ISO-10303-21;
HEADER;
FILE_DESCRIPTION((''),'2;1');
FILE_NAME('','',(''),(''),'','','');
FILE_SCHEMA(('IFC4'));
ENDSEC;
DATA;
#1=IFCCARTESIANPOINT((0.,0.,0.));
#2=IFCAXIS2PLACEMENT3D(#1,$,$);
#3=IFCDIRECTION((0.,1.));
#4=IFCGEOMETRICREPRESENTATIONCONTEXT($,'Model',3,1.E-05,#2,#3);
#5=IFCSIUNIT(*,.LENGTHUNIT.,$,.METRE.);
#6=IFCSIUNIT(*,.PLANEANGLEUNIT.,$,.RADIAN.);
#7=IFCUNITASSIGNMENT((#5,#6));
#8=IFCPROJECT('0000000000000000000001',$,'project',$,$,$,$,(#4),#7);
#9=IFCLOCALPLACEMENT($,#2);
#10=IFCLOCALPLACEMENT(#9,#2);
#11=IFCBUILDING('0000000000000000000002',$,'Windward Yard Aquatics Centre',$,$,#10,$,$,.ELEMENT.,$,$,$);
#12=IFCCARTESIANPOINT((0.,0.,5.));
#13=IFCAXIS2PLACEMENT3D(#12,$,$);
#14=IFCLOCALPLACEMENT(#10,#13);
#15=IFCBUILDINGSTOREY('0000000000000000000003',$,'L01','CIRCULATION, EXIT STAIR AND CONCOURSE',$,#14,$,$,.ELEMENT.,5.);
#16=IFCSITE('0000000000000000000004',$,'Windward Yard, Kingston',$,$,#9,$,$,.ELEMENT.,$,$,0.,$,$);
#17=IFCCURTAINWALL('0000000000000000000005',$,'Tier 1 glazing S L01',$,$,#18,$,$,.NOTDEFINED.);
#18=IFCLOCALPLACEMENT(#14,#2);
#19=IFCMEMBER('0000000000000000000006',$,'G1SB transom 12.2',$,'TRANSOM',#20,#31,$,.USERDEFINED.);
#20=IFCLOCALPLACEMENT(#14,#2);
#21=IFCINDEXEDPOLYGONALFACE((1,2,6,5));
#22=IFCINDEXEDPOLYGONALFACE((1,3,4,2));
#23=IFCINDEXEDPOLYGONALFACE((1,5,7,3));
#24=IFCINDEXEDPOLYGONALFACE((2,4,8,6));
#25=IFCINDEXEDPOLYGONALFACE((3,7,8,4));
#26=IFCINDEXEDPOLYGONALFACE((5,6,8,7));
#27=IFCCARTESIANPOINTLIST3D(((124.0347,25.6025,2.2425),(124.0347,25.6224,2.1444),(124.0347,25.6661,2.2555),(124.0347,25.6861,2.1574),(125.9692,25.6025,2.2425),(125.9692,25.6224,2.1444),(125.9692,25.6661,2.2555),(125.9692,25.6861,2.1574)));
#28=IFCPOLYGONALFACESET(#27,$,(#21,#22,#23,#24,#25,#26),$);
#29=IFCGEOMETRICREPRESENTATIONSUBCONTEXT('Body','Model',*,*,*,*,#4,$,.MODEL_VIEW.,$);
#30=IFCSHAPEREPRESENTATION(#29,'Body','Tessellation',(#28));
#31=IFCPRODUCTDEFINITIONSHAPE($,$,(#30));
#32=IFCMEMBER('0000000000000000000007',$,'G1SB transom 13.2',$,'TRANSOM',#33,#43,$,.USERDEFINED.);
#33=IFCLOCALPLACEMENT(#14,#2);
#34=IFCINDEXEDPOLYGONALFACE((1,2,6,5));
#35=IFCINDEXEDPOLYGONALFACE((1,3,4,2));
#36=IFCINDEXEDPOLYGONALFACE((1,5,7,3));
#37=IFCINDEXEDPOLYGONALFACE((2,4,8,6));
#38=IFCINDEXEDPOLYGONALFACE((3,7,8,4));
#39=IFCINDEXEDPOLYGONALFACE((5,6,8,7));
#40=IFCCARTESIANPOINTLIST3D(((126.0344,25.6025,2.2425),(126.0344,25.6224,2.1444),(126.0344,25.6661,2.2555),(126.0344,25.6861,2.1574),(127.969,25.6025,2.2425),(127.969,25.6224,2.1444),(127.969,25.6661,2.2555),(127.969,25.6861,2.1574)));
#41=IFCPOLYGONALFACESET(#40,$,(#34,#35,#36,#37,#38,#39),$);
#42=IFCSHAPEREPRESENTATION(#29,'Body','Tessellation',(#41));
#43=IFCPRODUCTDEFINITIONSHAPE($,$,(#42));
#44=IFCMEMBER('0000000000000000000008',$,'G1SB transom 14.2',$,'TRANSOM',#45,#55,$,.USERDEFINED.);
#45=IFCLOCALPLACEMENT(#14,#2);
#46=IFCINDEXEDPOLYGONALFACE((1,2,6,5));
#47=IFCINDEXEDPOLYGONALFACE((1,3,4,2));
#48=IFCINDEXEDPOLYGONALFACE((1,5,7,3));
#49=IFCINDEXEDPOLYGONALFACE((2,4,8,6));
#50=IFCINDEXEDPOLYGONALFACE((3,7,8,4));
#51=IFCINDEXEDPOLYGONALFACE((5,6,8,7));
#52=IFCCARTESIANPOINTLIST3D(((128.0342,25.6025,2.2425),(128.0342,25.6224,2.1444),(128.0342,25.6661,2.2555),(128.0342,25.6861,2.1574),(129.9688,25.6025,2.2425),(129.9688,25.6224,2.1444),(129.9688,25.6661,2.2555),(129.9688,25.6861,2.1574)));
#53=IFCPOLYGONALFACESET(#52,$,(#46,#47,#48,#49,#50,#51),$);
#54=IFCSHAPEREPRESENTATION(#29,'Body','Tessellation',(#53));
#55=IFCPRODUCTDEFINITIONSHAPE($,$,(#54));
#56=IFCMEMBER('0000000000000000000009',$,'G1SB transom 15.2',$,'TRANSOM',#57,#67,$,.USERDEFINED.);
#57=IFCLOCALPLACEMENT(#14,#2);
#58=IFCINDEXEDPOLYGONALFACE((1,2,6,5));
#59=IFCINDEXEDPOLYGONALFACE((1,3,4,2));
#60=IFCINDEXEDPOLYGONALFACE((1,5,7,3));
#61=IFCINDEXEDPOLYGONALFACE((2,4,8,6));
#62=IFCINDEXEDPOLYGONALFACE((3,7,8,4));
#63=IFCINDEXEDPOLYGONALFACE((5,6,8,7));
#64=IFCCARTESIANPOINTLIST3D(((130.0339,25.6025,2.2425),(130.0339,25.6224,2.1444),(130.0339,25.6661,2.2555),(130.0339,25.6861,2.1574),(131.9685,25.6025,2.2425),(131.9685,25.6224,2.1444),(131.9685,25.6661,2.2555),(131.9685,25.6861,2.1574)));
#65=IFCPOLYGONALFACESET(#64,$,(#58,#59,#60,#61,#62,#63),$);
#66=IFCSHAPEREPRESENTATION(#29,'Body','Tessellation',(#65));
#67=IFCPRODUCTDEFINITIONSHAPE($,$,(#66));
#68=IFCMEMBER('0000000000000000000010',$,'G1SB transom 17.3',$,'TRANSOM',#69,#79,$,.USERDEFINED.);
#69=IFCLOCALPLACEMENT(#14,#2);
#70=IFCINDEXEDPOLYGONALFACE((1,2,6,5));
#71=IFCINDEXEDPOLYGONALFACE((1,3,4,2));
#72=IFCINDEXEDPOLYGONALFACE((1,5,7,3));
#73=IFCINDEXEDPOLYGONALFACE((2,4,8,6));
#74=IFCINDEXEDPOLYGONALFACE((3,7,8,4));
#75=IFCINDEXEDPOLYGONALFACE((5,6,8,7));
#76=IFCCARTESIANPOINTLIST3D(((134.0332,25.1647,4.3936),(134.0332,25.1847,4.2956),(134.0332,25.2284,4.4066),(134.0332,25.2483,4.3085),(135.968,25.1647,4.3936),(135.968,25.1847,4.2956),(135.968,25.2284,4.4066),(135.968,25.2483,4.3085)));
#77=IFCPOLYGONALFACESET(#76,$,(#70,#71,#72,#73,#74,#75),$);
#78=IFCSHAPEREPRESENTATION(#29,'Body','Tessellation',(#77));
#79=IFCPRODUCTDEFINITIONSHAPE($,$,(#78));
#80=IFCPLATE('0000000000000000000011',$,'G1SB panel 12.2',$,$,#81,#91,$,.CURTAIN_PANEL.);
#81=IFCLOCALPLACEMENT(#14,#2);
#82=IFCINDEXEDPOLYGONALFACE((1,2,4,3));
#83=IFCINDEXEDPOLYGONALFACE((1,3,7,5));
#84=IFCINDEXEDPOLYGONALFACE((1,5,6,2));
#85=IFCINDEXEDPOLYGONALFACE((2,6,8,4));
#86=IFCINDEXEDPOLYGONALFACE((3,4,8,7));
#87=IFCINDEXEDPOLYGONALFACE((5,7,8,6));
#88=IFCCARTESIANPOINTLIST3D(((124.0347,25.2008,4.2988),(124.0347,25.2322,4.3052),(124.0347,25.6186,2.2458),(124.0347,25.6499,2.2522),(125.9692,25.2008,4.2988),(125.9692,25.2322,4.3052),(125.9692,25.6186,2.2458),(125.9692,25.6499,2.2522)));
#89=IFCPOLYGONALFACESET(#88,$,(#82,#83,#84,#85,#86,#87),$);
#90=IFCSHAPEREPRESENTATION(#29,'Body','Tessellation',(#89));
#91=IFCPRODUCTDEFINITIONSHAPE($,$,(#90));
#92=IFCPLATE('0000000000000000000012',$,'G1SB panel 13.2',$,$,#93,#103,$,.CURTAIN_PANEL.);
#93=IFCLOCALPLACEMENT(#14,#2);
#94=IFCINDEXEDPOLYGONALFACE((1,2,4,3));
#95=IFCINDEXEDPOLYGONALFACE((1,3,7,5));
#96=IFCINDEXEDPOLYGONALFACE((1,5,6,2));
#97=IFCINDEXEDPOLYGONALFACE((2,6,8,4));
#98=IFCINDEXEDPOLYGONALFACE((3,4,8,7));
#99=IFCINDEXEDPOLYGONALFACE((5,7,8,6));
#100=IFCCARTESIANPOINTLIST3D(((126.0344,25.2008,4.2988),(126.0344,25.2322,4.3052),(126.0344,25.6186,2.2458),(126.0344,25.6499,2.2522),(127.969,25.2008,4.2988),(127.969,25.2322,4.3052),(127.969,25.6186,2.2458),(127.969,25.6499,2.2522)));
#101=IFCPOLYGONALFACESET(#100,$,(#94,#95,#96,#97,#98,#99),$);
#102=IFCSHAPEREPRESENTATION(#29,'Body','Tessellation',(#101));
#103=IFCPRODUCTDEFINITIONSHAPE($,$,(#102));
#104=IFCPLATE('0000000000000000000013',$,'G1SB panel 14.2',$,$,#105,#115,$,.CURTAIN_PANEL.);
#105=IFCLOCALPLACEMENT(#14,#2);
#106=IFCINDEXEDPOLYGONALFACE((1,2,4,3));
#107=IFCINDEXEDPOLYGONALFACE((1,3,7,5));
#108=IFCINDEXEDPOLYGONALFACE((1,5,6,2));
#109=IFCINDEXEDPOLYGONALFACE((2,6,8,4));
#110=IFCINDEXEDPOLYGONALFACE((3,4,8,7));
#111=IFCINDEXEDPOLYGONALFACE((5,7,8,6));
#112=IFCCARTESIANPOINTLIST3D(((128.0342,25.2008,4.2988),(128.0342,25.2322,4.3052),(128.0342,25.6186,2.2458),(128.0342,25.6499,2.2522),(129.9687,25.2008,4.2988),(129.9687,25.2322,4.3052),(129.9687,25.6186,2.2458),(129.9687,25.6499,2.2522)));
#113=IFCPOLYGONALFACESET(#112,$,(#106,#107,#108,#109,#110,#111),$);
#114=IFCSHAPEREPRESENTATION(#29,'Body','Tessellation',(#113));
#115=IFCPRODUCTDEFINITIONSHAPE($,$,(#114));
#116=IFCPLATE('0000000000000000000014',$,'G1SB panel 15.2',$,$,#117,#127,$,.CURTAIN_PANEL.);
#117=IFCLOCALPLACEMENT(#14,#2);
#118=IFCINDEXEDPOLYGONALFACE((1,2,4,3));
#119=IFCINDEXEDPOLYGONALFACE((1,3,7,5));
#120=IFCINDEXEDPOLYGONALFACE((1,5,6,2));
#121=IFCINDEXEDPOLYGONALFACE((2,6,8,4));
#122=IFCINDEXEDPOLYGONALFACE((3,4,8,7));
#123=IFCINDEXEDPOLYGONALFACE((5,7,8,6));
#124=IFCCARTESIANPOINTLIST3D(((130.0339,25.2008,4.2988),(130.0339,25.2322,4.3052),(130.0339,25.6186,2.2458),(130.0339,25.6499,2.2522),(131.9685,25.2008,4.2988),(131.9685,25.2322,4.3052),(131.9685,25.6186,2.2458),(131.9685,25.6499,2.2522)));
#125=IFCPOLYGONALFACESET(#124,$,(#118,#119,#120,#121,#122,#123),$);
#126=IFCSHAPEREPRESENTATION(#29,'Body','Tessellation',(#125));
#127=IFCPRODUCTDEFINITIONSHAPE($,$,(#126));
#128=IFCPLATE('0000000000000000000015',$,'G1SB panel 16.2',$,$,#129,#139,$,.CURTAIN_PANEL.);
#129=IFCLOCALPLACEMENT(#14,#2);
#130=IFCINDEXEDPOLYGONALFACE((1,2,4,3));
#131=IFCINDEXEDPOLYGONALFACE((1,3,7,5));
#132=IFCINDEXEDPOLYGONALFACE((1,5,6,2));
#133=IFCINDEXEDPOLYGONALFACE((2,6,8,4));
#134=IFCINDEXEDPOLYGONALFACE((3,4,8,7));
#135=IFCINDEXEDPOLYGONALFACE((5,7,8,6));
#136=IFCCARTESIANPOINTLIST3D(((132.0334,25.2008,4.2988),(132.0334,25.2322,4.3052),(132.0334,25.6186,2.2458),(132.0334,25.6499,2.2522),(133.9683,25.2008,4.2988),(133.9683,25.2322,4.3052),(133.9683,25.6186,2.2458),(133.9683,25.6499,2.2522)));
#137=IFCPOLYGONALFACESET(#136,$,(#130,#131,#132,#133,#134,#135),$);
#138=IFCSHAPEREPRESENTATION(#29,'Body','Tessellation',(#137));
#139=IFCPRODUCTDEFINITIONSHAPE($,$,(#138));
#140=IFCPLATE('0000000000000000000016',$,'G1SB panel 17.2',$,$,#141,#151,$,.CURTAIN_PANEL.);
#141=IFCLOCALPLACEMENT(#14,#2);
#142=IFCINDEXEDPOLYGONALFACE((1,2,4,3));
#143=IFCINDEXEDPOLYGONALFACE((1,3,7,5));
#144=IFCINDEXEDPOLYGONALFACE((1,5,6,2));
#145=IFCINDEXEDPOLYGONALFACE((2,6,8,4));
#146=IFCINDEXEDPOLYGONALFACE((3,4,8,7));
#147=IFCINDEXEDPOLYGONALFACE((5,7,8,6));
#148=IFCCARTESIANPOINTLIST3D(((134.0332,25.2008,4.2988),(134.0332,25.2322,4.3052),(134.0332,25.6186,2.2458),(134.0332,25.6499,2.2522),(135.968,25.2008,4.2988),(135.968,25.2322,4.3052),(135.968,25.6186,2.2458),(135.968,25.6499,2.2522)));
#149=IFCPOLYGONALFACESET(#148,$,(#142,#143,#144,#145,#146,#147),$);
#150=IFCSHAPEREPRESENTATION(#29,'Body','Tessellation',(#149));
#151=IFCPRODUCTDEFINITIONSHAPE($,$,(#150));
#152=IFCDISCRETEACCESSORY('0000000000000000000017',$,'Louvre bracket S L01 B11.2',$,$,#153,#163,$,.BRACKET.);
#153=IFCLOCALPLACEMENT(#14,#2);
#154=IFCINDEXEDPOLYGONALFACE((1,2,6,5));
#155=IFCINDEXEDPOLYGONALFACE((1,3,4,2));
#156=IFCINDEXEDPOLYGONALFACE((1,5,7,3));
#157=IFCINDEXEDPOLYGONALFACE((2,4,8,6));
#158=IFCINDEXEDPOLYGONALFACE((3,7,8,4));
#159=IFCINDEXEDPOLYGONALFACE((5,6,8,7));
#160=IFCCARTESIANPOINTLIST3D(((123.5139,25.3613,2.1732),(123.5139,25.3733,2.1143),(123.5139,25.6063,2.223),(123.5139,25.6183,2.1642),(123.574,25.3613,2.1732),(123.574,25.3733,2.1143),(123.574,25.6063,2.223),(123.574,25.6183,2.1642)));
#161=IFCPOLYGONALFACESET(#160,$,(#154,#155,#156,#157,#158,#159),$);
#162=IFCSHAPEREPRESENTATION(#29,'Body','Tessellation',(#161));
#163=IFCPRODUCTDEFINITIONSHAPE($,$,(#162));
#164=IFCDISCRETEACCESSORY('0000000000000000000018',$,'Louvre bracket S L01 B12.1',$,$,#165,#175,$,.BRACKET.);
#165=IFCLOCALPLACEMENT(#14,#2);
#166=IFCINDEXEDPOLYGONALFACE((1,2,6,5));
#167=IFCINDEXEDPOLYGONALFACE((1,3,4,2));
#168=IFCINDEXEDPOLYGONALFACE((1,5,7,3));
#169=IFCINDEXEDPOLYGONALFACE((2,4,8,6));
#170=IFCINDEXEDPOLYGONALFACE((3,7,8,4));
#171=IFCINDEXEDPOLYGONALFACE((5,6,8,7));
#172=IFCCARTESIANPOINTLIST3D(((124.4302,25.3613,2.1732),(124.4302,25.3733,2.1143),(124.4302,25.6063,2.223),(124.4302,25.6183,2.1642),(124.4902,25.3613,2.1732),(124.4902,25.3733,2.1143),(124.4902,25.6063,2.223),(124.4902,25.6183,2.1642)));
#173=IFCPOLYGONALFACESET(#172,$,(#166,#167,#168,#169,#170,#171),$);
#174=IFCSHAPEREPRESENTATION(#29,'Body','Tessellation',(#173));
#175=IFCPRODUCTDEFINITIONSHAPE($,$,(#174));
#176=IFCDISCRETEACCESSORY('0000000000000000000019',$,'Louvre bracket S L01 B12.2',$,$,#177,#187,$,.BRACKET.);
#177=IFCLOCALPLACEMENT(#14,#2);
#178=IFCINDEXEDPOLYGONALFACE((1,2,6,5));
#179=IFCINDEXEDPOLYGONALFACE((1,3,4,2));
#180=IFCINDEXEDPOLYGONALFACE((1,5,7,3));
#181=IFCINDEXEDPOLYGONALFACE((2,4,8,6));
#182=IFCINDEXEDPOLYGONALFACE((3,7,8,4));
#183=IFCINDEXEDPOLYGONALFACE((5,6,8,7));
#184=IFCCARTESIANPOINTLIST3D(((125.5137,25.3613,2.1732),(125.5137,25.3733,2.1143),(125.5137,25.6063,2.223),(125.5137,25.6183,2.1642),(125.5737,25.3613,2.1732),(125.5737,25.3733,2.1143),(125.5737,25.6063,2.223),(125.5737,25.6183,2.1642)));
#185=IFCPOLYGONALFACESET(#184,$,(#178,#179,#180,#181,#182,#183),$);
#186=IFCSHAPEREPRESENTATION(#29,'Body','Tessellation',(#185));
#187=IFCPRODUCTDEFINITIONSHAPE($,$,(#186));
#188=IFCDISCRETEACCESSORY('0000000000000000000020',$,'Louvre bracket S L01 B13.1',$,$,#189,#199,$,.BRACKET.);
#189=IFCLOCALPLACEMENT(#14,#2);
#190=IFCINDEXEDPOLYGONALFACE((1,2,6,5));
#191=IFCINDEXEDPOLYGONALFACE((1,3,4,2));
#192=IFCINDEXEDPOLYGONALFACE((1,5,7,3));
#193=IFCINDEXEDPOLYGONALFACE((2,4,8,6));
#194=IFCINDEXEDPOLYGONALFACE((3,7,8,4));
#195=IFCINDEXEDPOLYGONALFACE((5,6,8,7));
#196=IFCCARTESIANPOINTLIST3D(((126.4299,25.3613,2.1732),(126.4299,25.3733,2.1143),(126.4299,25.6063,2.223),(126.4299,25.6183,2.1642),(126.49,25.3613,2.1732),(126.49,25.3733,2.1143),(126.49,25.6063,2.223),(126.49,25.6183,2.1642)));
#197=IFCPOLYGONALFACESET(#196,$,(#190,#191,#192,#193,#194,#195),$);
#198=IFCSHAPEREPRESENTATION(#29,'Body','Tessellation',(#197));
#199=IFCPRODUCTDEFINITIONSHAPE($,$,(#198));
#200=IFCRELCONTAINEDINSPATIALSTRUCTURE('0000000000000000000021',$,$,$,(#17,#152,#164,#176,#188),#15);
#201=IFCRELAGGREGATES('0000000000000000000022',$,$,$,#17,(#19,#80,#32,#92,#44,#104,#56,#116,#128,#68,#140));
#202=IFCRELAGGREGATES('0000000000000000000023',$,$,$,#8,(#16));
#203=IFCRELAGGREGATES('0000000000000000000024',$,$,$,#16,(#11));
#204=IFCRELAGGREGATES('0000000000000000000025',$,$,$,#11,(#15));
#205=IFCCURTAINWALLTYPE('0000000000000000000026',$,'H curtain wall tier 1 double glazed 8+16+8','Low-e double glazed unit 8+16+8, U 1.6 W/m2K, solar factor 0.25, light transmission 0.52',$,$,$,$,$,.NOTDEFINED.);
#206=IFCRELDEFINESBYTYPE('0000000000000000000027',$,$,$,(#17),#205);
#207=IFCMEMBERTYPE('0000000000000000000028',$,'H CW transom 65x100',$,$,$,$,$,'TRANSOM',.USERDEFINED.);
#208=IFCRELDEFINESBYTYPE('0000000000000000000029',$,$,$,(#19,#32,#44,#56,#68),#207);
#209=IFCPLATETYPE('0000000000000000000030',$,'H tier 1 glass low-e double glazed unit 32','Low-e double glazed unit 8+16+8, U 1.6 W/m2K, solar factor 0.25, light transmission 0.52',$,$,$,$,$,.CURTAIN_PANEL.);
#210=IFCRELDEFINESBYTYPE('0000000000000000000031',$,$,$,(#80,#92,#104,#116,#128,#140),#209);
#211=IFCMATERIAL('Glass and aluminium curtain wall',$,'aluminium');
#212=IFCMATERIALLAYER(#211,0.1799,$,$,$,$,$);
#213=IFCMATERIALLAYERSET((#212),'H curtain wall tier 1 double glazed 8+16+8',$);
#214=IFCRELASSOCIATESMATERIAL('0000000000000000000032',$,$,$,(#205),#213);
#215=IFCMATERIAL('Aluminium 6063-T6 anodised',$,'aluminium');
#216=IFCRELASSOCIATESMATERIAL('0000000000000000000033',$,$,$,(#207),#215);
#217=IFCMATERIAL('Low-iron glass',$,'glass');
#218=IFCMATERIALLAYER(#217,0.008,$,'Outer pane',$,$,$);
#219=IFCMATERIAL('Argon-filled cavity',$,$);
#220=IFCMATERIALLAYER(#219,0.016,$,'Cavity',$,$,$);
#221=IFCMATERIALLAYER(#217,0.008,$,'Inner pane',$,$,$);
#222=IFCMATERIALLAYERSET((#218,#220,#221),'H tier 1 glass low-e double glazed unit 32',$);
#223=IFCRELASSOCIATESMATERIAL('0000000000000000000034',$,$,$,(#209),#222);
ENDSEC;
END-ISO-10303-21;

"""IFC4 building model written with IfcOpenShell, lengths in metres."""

from ifc_helpers import new_model, si_unit, direction, frame, origin, origin_2d, place, context, subcontext, project, spatial, polyline, rectangle, outline, extrude, material, layer, layer_set, material_profile, profile_set, type_object, element, aggregate, save


model = new_model("IFC4")

# Units and contexts
model_context = context("Model", 3, precision=1e-05, world=origin(), true_north=direction((0.0, 1.0)))
body_context = subcontext(model_context, "Body", "Model", "MODEL_VIEW")
ifc_project = project(units=[si_unit("LENGTHUNIT", "METRE"), si_unit("PLANEANGLEUNIT", "RADIAN")], contexts=[model_context])

# Site, building, storey
site_placement = place(None, origin())
site = spatial("IfcSite", under=ifc_project, at=site_placement, Name="Windward Yard, Kingston", CompositionType="ELEMENT", RefElevation=0.0)
building_placement = place(site_placement, origin())
building = spatial("IfcBuilding", under=site, at=building_placement, Name="Windward Yard Aquatics Centre", CompositionType="ELEMENT")
storey_placement = place(building_placement, frame((0.0, 0.0, 5.0)))
storey = spatial("IfcBuildingStorey", under=building, at=storey_placement, Name="L01", Description="CIRCULATION, EXIT STAIR AND CONCOURSE", CompositionType="ELEMENT", Elevation=5.0)

# Curtain wall, members, plates
ifc_material_1 = material(Name="Glass and aluminium curtain wall", Category="aluminium")
ifc_layer_1 = layer(ifc_material_1, 0.1799)
ifc_layer_set_1 = layer_set([ifc_layer_1], Name="H curtain wall tier 1 double glazed 8+16+8")
curtain_wall_type = type_object("IfcCurtainWallType", Name="H curtain wall tier 1 double glazed 8+16+8", Description="Low-e double glazed unit 8+16+8, U 1.6 W/m2K, solar factor 0.25, light transmission 0.52", PredefinedType="NOTDEFINED", material=ifc_layer_set_1)
curtain_wall_placement = place(storey_placement, origin())
curtain_wall = element("IfcCurtainWall", 1, at=curtain_wall_placement, inside=storey, type_object=curtain_wall_type, Name="Tier 1 glazing S L01", PredefinedType="NOTDEFINED")
ifc_material_2 = material(Name="Aluminium 6063-T6 anodised", Category="aluminium")
ifc_material_profile = material_profile(ifc_material_2, rectangle(XDim=0.0649, YDim=0.1001, at=origin_2d()), Name="H CW transom 65x100")
ifc_profile_set = profile_set([ifc_material_profile], Name="Aluminium 6063-T6 anodised")
member_type = type_object("IfcMemberType", Name="H CW transom 65x100", ElementType="TRANSOM", PredefinedType="USERDEFINED", material=ifc_profile_set)
member_1_placement = place(storey_placement, frame((124.0347, 25.6443, 2.2), z_axis=(1.0, 0.0, 0.0), x_axis=(0.0, 0.979925, 0.199368)))
member_1 = element("IfcMember", 2, at=member_1_placement, type_object=member_type, Name="G1SB transom 12.2", ObjectType="TRANSOM", PredefinedType="USERDEFINED", context=body_context, shape_type="SweptSolid", body=[
    extrude(rectangle(XDim=0.0649, YDim=0.1001, at=origin_2d()), origin(), (0.0, 0.0, 1.0), 1.9346),
])
member_2_placement = place(storey_placement, frame((126.0344, 25.6443, 2.2), z_axis=(1.0, 0.0, 0.0), x_axis=(0.0, 0.979925, 0.199368)))
member_2 = element("IfcMember", 3, at=member_2_placement, type_object=member_type, Name="G1SB transom 13.2", ObjectType="TRANSOM", PredefinedType="USERDEFINED", context=body_context, shape_type="SweptSolid", body=[
    extrude(rectangle(XDim=0.0649, YDim=0.1001, at=origin_2d()), origin(), (0.0, 0.0, 1.0), 1.9346),
])
member_3_placement = place(storey_placement, frame((128.0342, 25.6443, 2.2), z_axis=(1.0, 0.0, 0.0), x_axis=(0.0, 0.979925, 0.199368)))
member_3 = element("IfcMember", 4, at=member_3_placement, type_object=member_type, Name="G1SB transom 14.2", ObjectType="TRANSOM", PredefinedType="USERDEFINED", context=body_context, shape_type="SweptSolid", body=[
    extrude(rectangle(XDim=0.0649, YDim=0.1001, at=origin_2d()), origin(), (0.0, 0.0, 1.0), 1.9346),
])
member_4_placement = place(storey_placement, frame((130.0339, 25.6443, 2.2), z_axis=(1.0, 0.0, 0.0), x_axis=(0.0, 0.979925, 0.199368)))
member_4 = element("IfcMember", 5, at=member_4_placement, type_object=member_type, Name="G1SB transom 15.2", ObjectType="TRANSOM", PredefinedType="USERDEFINED", context=body_context, shape_type="SweptSolid", body=[
    extrude(rectangle(XDim=0.0649, YDim=0.1001, at=origin_2d()), origin(), (0.0, 0.0, 1.0), 1.9346),
])
member_5_placement = place(storey_placement, frame((134.0332, 25.2065, 4.3511), z_axis=(1.0, 0.0, 0.0), x_axis=(0.0, 0.979925, 0.199368)))
member_5 = element("IfcMember", 6, at=member_5_placement, type_object=member_type, Name="G1SB transom 17.3", ObjectType="TRANSOM", PredefinedType="USERDEFINED", context=body_context, shape_type="SweptSolid", body=[
    extrude(rectangle(XDim=0.0649, YDim=0.1001, at=origin_2d()), origin(), (0.0, 0.0, 1.0), 1.9348),
])
ifc_material_3 = material(Name="Low-iron glass", Category="glass")
ifc_layer_2 = layer(ifc_material_3, 0.008, Name="Outer pane")
ifc_material_4 = material(Name="Argon-filled cavity")
ifc_layer_3 = layer(ifc_material_4, 0.016, Name="Cavity")
ifc_layer_4 = layer(ifc_material_3, 0.008, Name="Inner pane")
ifc_layer_set_2 = layer_set([ifc_layer_2, ifc_layer_3, ifc_layer_4], Name="H tier 1 glass low-e double glazed unit 32")
plate_type = type_object("IfcPlateType", Name="H tier 1 glass low-e double glazed unit 32", Description="Low-e double glazed unit 8+16+8, U 1.6 W/m2K, solar factor 0.25, light transmission 0.52", PredefinedType="CURTAIN_PANEL", material=ifc_layer_set_2)
plate_1_placement = place(storey_placement, frame((124.0347, 25.2322, 4.3052), z_axis=(0.0, 0.979921, 0.199387), x_axis=(0.0, 0.199387, -0.979921)))
plate_1 = element("IfcPlate", 7, at=plate_1_placement, type_object=plate_type, Name="G1SB panel 12.2", PredefinedType="CURTAIN_PANEL", context=body_context, shape_type="SweptSolid", body=[
    extrude(outline(polyline([(0.0, 0.0), (2.095, 0.0), (2.095, -1.9346), (0.0, -1.9346), (0.0, 0.0)])), origin(), (0.0, 0.0, -1.0), 0.032),
])
plate_2_placement = place(storey_placement, frame((126.0344, 25.2322, 4.3052), z_axis=(0.0, 0.979921, 0.199387), x_axis=(0.0, 0.199387, -0.979921)))
plate_2 = element("IfcPlate", 8, at=plate_2_placement, type_object=plate_type, Name="G1SB panel 13.2", PredefinedType="CURTAIN_PANEL", context=body_context, shape_type="SweptSolid", body=[
    extrude(outline(polyline([(0.0, 0.0), (2.095, 0.0), (2.095, -1.9346), (0.0, -1.9346), (0.0, 0.0)])), origin(), (0.0, 0.0, -1.0), 0.032),
])
plate_3_placement = place(storey_placement, frame((128.0342, 25.2322, 4.3052), z_axis=(0.0, 0.979921, 0.199387), x_axis=(0.0, 0.199387, -0.979921)))
plate_3 = element("IfcPlate", 9, at=plate_3_placement, type_object=plate_type, Name="G1SB panel 14.2", PredefinedType="CURTAIN_PANEL", context=body_context, shape_type="SweptSolid", body=[
    extrude(outline(polyline([(0.0, 0.0), (2.095, 0.0), (2.095, -1.9346), (0.0, -1.9346), (0.0, 0.0)])), origin(), (0.0, 0.0, -1.0), 0.032),
])
plate_4_placement = place(storey_placement, frame((130.0339, 25.2322, 4.3052), z_axis=(0.0, 0.979921, 0.199387), x_axis=(0.0, 0.199387, -0.979921)))
plate_4 = element("IfcPlate", 10, at=plate_4_placement, type_object=plate_type, Name="G1SB panel 15.2", PredefinedType="CURTAIN_PANEL", context=body_context, shape_type="SweptSolid", body=[
    extrude(outline(polyline([(0.0, 0.0), (2.095, 0.0), (2.095, -1.9346), (0.0, -1.9346), (0.0, 0.0)])), origin(), (0.0, 0.0, -1.0), 0.032),
])
plate_5_placement = place(storey_placement, frame((132.0334, 25.2322, 4.3052), z_axis=(0.0, 0.979921, 0.199387), x_axis=(0.0, 0.199387, -0.979921)))
plate_5 = element("IfcPlate", 11, at=plate_5_placement, type_object=plate_type, Name="G1SB panel 16.2", PredefinedType="CURTAIN_PANEL", context=body_context, shape_type="SweptSolid", body=[
    extrude(outline(polyline([(0.0, 0.0), (2.095, 0.0), (2.095, -1.9348), (0.0, -1.9348), (0.0, 0.0)])), origin(), (0.0, 0.0, -1.0), 0.032),
])
plate_6_placement = place(storey_placement, frame((134.0332, 25.2322, 4.3052), z_axis=(0.0, 0.979921, 0.199387), x_axis=(0.0, 0.199387, -0.979921)))
plate_6 = element("IfcPlate", 12, at=plate_6_placement, type_object=plate_type, Name="G1SB panel 17.2", PredefinedType="CURTAIN_PANEL", context=body_context, shape_type="SweptSolid", body=[
    extrude(outline(polyline([(0.0, 0.0), (2.095, 0.0), (2.095, -1.9348), (0.0, -1.9348), (0.0, 0.0)])), origin(), (0.0, 0.0, -1.0), 0.032),
])
aggregate(curtain_wall, [member_1, plate_1, member_2, plate_2, member_3, plate_3, member_4, plate_4, plate_5, member_5, plate_6])

# Discrete accessories
for number, where, z_axis, x_axis, name in (
    (13, (123.5439, 25.6123, 2.1936), (0.0, -0.979937, -0.199309), (1.0, 0.0, 0.0), "Louvre bracket S L01 B11.2"),
    (14, (124.4602, 25.6123, 2.1936), (0.0, -0.979937, -0.199309), (1.0, 0.0, 0.0), "Louvre bracket S L01 B12.1"),
    (15, (125.5437, 25.6123, 2.1936), (0.0, -0.979937, -0.199309), (1.0, 0.0, 0.0), "Louvre bracket S L01 B12.2"),
    (16, (126.46, 25.6123, 2.1936), (0.0, -0.979937, -0.199309), (1.0, 0.0, 0.0), "Louvre bracket S L01 B13.1"),
):
    element("IfcDiscreteAccessory", number, at=place(storey_placement, frame(where, z_axis=z_axis, x_axis=x_axis)), inside=storey, Name=name, PredefinedType="BRACKET", context=body_context, shape_type="SweptSolid", body=[
        extrude(rectangle(XDim=0.0601, YDim=0.0601, at=origin_2d()), origin(), (0.0, 0.0, 1.0), 0.25),
    ])

save(model, "model.ifc")
